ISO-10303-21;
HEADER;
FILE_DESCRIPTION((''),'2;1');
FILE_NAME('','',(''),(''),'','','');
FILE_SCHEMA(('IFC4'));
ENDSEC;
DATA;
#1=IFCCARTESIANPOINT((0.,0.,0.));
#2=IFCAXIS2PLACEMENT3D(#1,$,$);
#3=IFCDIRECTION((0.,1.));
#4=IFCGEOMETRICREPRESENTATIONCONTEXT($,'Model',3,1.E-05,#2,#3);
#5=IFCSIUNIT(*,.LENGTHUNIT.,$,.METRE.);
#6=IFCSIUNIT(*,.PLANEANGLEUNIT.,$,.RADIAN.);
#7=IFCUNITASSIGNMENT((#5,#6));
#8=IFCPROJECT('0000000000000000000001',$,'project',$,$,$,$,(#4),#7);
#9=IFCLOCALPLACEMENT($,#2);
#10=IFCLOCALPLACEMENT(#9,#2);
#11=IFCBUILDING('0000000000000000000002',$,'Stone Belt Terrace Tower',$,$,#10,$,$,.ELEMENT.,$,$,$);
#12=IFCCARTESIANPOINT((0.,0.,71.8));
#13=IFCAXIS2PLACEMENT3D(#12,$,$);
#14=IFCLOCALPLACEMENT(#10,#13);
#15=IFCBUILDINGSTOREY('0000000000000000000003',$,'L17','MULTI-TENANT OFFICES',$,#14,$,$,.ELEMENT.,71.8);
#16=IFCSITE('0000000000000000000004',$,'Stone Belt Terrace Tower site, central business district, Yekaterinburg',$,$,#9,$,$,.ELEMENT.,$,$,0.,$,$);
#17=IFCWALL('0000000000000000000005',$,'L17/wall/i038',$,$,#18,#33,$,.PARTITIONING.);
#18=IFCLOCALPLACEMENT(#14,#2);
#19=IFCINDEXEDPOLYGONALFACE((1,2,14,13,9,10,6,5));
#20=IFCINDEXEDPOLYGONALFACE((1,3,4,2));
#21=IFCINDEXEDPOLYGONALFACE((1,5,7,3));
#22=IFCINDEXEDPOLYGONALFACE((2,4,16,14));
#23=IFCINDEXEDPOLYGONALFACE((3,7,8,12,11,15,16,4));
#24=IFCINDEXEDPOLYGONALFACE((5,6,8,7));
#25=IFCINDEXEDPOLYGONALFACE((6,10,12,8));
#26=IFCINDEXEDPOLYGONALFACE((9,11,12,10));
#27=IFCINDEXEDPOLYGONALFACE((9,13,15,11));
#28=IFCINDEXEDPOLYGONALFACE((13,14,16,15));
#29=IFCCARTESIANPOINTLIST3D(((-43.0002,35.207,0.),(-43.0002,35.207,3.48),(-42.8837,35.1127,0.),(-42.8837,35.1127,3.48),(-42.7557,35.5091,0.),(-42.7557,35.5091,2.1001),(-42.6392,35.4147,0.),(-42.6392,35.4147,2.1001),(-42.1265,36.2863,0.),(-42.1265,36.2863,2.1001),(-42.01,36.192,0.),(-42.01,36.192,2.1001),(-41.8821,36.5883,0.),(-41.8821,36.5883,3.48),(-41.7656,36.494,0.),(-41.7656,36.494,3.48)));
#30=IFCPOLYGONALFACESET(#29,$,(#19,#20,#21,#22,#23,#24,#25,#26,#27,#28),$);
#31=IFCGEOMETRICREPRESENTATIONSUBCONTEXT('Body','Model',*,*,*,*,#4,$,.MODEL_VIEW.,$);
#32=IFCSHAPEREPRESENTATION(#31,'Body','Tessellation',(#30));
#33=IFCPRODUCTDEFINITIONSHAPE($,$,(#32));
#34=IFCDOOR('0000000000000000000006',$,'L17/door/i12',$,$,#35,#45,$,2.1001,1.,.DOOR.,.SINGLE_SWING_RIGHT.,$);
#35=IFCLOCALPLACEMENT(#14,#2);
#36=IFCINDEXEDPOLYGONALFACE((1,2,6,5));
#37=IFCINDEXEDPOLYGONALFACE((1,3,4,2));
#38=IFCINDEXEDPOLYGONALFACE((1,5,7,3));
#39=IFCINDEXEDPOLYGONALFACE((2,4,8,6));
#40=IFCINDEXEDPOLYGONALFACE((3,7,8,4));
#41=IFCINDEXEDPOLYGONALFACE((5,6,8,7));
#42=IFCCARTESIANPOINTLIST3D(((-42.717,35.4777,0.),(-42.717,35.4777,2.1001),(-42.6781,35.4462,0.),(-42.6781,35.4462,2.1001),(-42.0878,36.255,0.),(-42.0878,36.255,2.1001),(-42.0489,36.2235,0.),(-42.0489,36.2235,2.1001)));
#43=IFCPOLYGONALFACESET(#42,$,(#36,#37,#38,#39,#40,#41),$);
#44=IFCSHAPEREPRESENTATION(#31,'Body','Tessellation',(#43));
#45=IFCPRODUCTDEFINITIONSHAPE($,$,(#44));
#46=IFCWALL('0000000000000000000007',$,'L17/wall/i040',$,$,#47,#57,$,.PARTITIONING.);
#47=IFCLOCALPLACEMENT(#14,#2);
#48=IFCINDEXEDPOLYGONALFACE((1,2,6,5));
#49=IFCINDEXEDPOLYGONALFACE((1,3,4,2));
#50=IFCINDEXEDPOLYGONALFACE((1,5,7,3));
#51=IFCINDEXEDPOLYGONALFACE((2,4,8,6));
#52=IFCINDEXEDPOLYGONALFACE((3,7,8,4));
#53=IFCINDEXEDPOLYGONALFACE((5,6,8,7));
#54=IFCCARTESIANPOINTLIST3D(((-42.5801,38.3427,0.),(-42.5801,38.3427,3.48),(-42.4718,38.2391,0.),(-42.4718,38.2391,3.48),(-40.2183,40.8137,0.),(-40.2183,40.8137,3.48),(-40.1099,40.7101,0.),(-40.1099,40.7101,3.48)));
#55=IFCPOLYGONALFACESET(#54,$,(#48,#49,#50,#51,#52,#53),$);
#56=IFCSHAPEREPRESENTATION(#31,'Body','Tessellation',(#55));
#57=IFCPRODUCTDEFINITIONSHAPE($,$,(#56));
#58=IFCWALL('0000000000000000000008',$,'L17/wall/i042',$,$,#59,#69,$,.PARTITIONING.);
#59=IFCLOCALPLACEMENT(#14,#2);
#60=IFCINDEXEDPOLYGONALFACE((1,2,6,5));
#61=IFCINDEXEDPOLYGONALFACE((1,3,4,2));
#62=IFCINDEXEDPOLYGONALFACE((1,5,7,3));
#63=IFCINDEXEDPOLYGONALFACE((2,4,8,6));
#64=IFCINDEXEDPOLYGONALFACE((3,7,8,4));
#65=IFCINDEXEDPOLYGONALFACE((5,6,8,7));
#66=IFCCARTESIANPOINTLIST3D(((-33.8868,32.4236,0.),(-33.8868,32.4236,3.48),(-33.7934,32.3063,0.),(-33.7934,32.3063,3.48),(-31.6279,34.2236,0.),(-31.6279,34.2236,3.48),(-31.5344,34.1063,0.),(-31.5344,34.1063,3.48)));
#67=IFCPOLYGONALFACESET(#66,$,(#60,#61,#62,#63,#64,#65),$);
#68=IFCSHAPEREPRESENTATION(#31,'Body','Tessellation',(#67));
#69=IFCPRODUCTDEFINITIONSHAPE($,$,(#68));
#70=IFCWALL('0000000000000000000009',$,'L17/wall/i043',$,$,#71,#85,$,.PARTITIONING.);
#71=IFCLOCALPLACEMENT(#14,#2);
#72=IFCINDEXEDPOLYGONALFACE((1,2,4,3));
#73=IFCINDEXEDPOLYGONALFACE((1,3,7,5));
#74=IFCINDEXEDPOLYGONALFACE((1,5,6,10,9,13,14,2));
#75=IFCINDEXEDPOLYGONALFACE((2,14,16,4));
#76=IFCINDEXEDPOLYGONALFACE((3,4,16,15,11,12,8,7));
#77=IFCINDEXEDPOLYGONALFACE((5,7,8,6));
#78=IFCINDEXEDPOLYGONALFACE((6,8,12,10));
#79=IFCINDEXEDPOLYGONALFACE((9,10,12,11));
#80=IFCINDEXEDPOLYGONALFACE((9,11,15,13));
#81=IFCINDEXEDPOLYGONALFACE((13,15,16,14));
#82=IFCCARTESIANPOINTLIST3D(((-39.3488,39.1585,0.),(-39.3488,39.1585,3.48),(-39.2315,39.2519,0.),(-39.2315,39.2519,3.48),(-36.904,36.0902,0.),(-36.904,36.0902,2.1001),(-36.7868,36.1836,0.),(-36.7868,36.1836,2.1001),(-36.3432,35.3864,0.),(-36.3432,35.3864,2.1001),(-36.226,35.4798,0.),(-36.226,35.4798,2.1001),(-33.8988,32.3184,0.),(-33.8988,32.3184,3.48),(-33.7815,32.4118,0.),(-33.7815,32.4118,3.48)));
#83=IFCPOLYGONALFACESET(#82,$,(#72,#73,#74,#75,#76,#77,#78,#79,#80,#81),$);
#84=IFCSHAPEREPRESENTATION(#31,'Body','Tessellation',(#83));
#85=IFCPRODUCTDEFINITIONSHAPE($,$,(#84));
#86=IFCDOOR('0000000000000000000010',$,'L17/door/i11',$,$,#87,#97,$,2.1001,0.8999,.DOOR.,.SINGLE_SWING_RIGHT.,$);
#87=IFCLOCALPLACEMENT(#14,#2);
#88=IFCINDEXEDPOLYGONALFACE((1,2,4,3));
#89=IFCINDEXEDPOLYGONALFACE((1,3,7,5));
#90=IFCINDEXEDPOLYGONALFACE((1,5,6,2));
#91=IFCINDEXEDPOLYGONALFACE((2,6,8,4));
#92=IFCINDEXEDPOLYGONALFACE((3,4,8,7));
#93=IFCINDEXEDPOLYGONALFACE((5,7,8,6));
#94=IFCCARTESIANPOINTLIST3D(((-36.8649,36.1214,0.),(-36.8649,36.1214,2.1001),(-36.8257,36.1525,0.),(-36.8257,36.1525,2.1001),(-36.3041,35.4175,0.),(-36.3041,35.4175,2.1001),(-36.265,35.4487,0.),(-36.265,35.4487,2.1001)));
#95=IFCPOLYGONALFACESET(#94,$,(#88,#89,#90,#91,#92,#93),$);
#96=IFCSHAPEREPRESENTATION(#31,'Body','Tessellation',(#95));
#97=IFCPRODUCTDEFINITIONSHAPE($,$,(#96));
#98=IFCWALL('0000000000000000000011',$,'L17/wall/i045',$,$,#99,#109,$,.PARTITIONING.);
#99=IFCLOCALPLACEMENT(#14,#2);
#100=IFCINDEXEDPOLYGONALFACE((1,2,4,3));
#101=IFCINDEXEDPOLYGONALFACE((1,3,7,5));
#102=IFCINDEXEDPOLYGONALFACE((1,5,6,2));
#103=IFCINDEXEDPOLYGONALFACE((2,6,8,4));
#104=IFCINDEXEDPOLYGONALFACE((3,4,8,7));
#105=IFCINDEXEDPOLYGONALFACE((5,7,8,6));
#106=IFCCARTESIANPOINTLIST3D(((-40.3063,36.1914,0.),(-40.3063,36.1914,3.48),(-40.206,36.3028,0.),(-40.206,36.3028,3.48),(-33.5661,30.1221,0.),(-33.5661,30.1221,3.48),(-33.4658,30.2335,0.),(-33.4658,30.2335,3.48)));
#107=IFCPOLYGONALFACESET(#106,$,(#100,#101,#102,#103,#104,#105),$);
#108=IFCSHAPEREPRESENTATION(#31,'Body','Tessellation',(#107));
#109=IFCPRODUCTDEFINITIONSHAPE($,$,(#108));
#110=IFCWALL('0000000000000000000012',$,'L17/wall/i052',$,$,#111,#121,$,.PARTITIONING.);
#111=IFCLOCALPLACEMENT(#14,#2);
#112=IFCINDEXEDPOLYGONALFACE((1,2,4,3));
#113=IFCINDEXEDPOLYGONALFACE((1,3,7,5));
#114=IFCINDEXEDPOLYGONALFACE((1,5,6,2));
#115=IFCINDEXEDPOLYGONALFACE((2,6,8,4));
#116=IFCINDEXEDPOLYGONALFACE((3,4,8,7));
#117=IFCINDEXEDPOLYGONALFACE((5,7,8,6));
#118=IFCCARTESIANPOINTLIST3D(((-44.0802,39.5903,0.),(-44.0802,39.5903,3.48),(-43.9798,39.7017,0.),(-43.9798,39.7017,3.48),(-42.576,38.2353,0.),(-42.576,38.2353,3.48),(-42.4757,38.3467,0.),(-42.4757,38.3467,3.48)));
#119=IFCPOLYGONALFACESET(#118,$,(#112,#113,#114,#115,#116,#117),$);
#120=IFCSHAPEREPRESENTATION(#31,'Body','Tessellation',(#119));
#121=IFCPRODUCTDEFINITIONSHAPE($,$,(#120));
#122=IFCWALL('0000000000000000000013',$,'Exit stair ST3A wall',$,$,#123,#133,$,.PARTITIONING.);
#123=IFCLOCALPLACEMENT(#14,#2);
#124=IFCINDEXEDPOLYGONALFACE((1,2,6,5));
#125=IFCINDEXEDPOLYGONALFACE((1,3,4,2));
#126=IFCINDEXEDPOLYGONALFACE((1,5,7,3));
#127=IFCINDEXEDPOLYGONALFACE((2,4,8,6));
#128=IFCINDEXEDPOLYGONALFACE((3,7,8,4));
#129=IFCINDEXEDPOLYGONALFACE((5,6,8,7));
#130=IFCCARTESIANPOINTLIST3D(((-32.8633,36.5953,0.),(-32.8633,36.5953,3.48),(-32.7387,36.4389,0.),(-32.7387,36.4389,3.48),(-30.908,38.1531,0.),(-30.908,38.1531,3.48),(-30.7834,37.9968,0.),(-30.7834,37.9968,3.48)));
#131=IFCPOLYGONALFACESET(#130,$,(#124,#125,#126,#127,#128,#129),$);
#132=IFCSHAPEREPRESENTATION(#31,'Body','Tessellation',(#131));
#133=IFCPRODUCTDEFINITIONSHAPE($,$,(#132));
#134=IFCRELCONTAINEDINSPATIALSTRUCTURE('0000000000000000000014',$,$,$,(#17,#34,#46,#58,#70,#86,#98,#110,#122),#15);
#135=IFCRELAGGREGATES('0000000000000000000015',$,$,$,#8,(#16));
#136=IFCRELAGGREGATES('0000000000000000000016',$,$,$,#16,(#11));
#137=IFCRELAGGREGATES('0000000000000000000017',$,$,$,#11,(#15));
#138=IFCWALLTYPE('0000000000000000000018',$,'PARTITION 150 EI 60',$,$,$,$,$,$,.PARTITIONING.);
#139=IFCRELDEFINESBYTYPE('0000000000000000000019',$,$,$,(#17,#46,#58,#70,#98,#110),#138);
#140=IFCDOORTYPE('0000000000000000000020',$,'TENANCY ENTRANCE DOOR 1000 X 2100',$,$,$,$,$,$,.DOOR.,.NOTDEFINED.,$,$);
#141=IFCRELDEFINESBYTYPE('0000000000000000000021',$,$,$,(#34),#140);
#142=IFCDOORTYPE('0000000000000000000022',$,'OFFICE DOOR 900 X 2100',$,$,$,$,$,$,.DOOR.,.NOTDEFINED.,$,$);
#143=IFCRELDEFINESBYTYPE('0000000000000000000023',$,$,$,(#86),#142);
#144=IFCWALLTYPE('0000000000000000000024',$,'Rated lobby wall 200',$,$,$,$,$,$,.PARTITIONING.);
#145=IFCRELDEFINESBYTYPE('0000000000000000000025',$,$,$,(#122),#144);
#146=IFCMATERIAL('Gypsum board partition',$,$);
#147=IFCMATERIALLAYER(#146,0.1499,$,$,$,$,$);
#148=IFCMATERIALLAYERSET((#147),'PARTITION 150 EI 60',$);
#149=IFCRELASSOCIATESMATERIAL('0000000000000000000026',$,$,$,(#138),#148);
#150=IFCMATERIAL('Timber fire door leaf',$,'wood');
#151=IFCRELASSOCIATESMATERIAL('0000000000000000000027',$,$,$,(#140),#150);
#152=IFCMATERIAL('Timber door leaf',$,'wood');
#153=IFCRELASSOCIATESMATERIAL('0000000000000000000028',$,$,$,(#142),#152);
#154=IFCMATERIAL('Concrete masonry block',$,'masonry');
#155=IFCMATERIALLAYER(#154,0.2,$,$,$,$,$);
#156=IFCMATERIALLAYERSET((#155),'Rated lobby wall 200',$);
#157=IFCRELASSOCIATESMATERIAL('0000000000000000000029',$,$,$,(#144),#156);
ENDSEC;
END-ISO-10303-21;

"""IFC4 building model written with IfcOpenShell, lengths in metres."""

from ifc_helpers import new_model, si_unit, direction, frame, frame_2d, origin, place, context, subcontext, project, spatial, rectangle, extrude, material, layer, layer_set, type_object, element, fill, save


model = new_model("IFC4")

# Units and contexts
model_context = context("Model", 3, precision=1e-05, world=origin(), true_north=direction((0.0, 1.0)))
body_context = subcontext(model_context, "Body", "Model", "MODEL_VIEW")
ifc_project = project(units=[si_unit("LENGTHUNIT", "METRE"), si_unit("PLANEANGLEUNIT", "RADIAN")], contexts=[model_context])

# Site, building, storey
site_placement = place(None, origin())
site = spatial("IfcSite", under=ifc_project, at=site_placement, Name="Stone Belt Terrace Tower site, central business district, Yekaterinburg", CompositionType="ELEMENT", RefElevation=0.0)
building_placement = place(site_placement, origin())
building = spatial("IfcBuilding", under=site, at=building_placement, Name="Stone Belt Terrace Tower", CompositionType="ELEMENT")
storey_placement = place(building_placement, frame((0.0, 0.0, 71.8)))
storey = spatial("IfcBuildingStorey", under=building, at=storey_placement, Name="L17", Description="MULTI-TENANT OFFICES", CompositionType="ELEMENT", Elevation=71.8)

# Shared definitions
ifc_material_1 = material(Name="Gypsum board partition")

# Wall, opening, door
ifc_layer_1 = layer(ifc_material_1, 0.1499)
ifc_layer_set_1 = layer_set([ifc_layer_1], Name="PARTITION 150 EI 60")
wall_type_1 = type_object("IfcWallType", Name="PARTITION 150 EI 60", PredefinedType="PARTITIONING", material=ifc_layer_set_1)
wall_1_placement = place(storey_placement, frame((-41.8237, 36.5413, 0.0), z_axis=(0.0, 0.0, 1.0), x_axis=(-0.629175, -0.777264, 0.0)))
wall_1 = element("IfcWall", 1, at=wall_1_placement, inside=storey, type_object=wall_type_1, Name="L17/wall/i038", PredefinedType="PARTITIONING", context=body_context, shape_type="SweptSolid", body=[
    extrude(rectangle(XDim=1.7771, YDim=0.1499, at=frame_2d((0.8887, 0.0))), origin(), (0.0, 0.0, 1.0), 3.48),
])
opening_1_placement = place(wall_1_placement, frame((0.3887, 0.0, 0.0)))
opening_1 = element("IfcOpeningElement", 2, at=opening_1_placement, cuts=wall_1, PredefinedType="OPENING", context=body_context, shape_type="SweptSolid", body=[
    extrude(rectangle(XDim=1.0, YDim=2.1001, at=frame_2d((0.5, 1.05))), frame((0.0, 0.085, 0.0), z_axis=(0.0, -1.0, 0.0), x_axis=(1.0, 0.0, 0.0)), (0.0, 0.0, 1.0), 0.1699),
])
ifc_material_2 = material(Name="Timber fire door leaf", Category="wood")
door_type_1 = type_object("IfcDoorType", Name="TENANCY ENTRANCE DOOR 1000 X 2100", OperationType="NOTDEFINED", PredefinedType="DOOR", material=ifc_material_2)
door_1_placement = place(opening_1_placement, origin())
door_1 = element("IfcDoor", 3, at=door_1_placement, inside=storey, type_object=door_type_1, Name="L17/door/i12", OperationType="SINGLE_SWING_RIGHT", OverallHeight=2.1001, OverallWidth=1.0, PredefinedType="DOOR", context=body_context, shape_type="SweptSolid", body=[
    extrude(rectangle(XDim=1.0, YDim=2.1001, at=frame_2d((0.5, 1.05))), frame((0.0, 0.0249, 0.0), z_axis=(0.0, -1.0, 0.0), x_axis=(1.0, 0.0, 0.0)), (0.0, 0.0, 1.0), 0.05),
])
fill(opening_1, door_1)

# Walls
wall_2_placement = place(storey_placement, frame((-42.5259, 38.291, 0.0), z_axis=(0.0, 0.0, 1.0), x_axis=(0.690963, 0.72289, 0.0)))
element("IfcWall", 4, at=wall_2_placement, inside=storey, type_object=wall_type_1, Name="L17/wall/i040", PredefinedType="PARTITIONING", context=body_context, shape_type="SweptSolid", body=[
    extrude(rectangle(XDim=3.4182, YDim=0.1499, at=frame_2d((1.709, 0.0))), origin(), (0.0, 0.0, 1.0), 3.48),
])
wall_3_placement = place(storey_placement, frame((-31.5811, 34.165, 0.0), z_axis=(0.0, 0.0, 1.0), x_axis=(-0.78208, -0.623179, 0.0)))
element("IfcWall", 5, at=wall_3_placement, inside=storey, type_object=wall_type_1, Name="L17/wall/i042", PredefinedType="PARTITIONING", context=body_context, shape_type="SweptSolid", body=[
    extrude(rectangle(XDim=2.8884, YDim=0.1499, at=frame_2d((1.4443, 0.0))), origin(), (0.0, 0.0, 1.0), 3.48),
])

# Wall, opening, door
wall_4_placement = place(storey_placement, frame((-33.8401, 32.365, 0.0), z_axis=(0.0, 0.0, 1.0), x_axis=(-0.623152, 0.782101, 0.0)))
wall_4 = element("IfcWall", 6, at=wall_4_placement, inside=storey, type_object=wall_type_1, Name="L17/wall/i043", PredefinedType="PARTITIONING", context=body_context, shape_type="SweptSolid", body=[
    extrude(rectangle(XDim=8.7458, YDim=0.1499, at=frame_2d((4.373, 0.0))), origin(), (0.0, 0.0, 1.0), 3.48),
])
opening_2_placement = place(wall_4_placement, frame((3.9229, 0.0, 0.0)))
opening_2 = element("IfcOpeningElement", 7, at=opening_2_placement, cuts=wall_4, PredefinedType="OPENING", context=body_context, shape_type="SweptSolid", body=[
    extrude(rectangle(XDim=0.8999, YDim=2.1001, at=frame_2d((0.45, 1.05))), frame((0.0, 0.085, 0.0), z_axis=(0.0, -1.0, 0.0), x_axis=(1.0, 0.0, 0.0)), (0.0, 0.0, 1.0), 0.1699),
])
ifc_material_3 = material(Name="Timber door leaf", Category="wood")
door_type_2 = type_object("IfcDoorType", Name="OFFICE DOOR 900 X 2100", OperationType="NOTDEFINED", PredefinedType="DOOR", material=ifc_material_3)
door_2_placement = place(opening_2_placement, origin())
door_2 = element("IfcDoor", 8, at=door_2_placement, inside=storey, type_object=door_type_2, Name="L17/door/i11", OperationType="SINGLE_SWING_RIGHT", OverallHeight=2.1001, OverallWidth=0.8999, PredefinedType="DOOR", context=body_context, shape_type="SweptSolid", body=[
    extrude(rectangle(XDim=0.8999, YDim=2.1001, at=frame_2d((0.45, 1.05))), frame((0.0, 0.0249, 0.0), z_axis=(0.0, -1.0, 0.0), x_axis=(1.0, 0.0, 0.0)), (0.0, 0.0, 1.0), 0.05),
])
fill(opening_2, door_2)

# Walls
wall_5_placement = place(storey_placement, frame((-33.5159, 30.1777, 0.0), z_axis=(0.0, 0.0, 1.0), x_axis=(-0.743123, 0.669155, 0.0)))
element("IfcWall", 9, at=wall_5_placement, inside=storey, type_object=wall_type_1, Name="L17/wall/i045", PredefinedType="PARTITIONING", context=body_context, shape_type="SweptSolid", body=[
    extrude(rectangle(XDim=9.0701, YDim=0.1499, at=frame_2d((4.5352, 0.0))), origin(), (0.0, 0.0, 1.0), 3.48),
])
wall_6_placement = place(storey_placement, frame((-42.5259, 38.291, 0.0), z_axis=(0.0, 0.0, 1.0), x_axis=(-0.742988, 0.669304, 0.0)))
element("IfcWall", 10, at=wall_6_placement, inside=storey, type_object=wall_type_1, Name="L17/wall/i052", PredefinedType="PARTITIONING", context=body_context, shape_type="SweptSolid", body=[
    extrude(rectangle(XDim=2.0244, YDim=0.1499, at=frame_2d((1.0122, 0.0))), origin(), (0.0, 0.0, 1.0), 3.48),
])
ifc_material_4 = material(Name="Concrete masonry block", Category="masonry")
ifc_layer_2 = layer(ifc_material_4, 0.2)
ifc_layer_set_2 = layer_set([ifc_layer_2], Name="Rated lobby wall 200")
wall_type_2 = type_object("IfcWallType", Name="Rated lobby wall 200", PredefinedType="PARTITIONING", material=ifc_layer_set_2)
wall_7_placement = place(storey_placement, frame((-30.8457, 38.075, 0.0), z_axis=(0.0, 0.0, 1.0), x_axis=(-0.782115, -0.623134, 0.0)))
element("IfcWall", 11, at=wall_7_placement, inside=storey, type_object=wall_type_2, Name="Exit stair ST3A wall", PredefinedType="PARTITIONING", context=body_context, shape_type="SweptSolid", body=[
    extrude(rectangle(XDim=2.5, YDim=0.2, at=frame_2d((1.25, 0.0))), origin(), (0.0, 0.0, 1.0), 3.48),
])

save(model, "model.ifc")
